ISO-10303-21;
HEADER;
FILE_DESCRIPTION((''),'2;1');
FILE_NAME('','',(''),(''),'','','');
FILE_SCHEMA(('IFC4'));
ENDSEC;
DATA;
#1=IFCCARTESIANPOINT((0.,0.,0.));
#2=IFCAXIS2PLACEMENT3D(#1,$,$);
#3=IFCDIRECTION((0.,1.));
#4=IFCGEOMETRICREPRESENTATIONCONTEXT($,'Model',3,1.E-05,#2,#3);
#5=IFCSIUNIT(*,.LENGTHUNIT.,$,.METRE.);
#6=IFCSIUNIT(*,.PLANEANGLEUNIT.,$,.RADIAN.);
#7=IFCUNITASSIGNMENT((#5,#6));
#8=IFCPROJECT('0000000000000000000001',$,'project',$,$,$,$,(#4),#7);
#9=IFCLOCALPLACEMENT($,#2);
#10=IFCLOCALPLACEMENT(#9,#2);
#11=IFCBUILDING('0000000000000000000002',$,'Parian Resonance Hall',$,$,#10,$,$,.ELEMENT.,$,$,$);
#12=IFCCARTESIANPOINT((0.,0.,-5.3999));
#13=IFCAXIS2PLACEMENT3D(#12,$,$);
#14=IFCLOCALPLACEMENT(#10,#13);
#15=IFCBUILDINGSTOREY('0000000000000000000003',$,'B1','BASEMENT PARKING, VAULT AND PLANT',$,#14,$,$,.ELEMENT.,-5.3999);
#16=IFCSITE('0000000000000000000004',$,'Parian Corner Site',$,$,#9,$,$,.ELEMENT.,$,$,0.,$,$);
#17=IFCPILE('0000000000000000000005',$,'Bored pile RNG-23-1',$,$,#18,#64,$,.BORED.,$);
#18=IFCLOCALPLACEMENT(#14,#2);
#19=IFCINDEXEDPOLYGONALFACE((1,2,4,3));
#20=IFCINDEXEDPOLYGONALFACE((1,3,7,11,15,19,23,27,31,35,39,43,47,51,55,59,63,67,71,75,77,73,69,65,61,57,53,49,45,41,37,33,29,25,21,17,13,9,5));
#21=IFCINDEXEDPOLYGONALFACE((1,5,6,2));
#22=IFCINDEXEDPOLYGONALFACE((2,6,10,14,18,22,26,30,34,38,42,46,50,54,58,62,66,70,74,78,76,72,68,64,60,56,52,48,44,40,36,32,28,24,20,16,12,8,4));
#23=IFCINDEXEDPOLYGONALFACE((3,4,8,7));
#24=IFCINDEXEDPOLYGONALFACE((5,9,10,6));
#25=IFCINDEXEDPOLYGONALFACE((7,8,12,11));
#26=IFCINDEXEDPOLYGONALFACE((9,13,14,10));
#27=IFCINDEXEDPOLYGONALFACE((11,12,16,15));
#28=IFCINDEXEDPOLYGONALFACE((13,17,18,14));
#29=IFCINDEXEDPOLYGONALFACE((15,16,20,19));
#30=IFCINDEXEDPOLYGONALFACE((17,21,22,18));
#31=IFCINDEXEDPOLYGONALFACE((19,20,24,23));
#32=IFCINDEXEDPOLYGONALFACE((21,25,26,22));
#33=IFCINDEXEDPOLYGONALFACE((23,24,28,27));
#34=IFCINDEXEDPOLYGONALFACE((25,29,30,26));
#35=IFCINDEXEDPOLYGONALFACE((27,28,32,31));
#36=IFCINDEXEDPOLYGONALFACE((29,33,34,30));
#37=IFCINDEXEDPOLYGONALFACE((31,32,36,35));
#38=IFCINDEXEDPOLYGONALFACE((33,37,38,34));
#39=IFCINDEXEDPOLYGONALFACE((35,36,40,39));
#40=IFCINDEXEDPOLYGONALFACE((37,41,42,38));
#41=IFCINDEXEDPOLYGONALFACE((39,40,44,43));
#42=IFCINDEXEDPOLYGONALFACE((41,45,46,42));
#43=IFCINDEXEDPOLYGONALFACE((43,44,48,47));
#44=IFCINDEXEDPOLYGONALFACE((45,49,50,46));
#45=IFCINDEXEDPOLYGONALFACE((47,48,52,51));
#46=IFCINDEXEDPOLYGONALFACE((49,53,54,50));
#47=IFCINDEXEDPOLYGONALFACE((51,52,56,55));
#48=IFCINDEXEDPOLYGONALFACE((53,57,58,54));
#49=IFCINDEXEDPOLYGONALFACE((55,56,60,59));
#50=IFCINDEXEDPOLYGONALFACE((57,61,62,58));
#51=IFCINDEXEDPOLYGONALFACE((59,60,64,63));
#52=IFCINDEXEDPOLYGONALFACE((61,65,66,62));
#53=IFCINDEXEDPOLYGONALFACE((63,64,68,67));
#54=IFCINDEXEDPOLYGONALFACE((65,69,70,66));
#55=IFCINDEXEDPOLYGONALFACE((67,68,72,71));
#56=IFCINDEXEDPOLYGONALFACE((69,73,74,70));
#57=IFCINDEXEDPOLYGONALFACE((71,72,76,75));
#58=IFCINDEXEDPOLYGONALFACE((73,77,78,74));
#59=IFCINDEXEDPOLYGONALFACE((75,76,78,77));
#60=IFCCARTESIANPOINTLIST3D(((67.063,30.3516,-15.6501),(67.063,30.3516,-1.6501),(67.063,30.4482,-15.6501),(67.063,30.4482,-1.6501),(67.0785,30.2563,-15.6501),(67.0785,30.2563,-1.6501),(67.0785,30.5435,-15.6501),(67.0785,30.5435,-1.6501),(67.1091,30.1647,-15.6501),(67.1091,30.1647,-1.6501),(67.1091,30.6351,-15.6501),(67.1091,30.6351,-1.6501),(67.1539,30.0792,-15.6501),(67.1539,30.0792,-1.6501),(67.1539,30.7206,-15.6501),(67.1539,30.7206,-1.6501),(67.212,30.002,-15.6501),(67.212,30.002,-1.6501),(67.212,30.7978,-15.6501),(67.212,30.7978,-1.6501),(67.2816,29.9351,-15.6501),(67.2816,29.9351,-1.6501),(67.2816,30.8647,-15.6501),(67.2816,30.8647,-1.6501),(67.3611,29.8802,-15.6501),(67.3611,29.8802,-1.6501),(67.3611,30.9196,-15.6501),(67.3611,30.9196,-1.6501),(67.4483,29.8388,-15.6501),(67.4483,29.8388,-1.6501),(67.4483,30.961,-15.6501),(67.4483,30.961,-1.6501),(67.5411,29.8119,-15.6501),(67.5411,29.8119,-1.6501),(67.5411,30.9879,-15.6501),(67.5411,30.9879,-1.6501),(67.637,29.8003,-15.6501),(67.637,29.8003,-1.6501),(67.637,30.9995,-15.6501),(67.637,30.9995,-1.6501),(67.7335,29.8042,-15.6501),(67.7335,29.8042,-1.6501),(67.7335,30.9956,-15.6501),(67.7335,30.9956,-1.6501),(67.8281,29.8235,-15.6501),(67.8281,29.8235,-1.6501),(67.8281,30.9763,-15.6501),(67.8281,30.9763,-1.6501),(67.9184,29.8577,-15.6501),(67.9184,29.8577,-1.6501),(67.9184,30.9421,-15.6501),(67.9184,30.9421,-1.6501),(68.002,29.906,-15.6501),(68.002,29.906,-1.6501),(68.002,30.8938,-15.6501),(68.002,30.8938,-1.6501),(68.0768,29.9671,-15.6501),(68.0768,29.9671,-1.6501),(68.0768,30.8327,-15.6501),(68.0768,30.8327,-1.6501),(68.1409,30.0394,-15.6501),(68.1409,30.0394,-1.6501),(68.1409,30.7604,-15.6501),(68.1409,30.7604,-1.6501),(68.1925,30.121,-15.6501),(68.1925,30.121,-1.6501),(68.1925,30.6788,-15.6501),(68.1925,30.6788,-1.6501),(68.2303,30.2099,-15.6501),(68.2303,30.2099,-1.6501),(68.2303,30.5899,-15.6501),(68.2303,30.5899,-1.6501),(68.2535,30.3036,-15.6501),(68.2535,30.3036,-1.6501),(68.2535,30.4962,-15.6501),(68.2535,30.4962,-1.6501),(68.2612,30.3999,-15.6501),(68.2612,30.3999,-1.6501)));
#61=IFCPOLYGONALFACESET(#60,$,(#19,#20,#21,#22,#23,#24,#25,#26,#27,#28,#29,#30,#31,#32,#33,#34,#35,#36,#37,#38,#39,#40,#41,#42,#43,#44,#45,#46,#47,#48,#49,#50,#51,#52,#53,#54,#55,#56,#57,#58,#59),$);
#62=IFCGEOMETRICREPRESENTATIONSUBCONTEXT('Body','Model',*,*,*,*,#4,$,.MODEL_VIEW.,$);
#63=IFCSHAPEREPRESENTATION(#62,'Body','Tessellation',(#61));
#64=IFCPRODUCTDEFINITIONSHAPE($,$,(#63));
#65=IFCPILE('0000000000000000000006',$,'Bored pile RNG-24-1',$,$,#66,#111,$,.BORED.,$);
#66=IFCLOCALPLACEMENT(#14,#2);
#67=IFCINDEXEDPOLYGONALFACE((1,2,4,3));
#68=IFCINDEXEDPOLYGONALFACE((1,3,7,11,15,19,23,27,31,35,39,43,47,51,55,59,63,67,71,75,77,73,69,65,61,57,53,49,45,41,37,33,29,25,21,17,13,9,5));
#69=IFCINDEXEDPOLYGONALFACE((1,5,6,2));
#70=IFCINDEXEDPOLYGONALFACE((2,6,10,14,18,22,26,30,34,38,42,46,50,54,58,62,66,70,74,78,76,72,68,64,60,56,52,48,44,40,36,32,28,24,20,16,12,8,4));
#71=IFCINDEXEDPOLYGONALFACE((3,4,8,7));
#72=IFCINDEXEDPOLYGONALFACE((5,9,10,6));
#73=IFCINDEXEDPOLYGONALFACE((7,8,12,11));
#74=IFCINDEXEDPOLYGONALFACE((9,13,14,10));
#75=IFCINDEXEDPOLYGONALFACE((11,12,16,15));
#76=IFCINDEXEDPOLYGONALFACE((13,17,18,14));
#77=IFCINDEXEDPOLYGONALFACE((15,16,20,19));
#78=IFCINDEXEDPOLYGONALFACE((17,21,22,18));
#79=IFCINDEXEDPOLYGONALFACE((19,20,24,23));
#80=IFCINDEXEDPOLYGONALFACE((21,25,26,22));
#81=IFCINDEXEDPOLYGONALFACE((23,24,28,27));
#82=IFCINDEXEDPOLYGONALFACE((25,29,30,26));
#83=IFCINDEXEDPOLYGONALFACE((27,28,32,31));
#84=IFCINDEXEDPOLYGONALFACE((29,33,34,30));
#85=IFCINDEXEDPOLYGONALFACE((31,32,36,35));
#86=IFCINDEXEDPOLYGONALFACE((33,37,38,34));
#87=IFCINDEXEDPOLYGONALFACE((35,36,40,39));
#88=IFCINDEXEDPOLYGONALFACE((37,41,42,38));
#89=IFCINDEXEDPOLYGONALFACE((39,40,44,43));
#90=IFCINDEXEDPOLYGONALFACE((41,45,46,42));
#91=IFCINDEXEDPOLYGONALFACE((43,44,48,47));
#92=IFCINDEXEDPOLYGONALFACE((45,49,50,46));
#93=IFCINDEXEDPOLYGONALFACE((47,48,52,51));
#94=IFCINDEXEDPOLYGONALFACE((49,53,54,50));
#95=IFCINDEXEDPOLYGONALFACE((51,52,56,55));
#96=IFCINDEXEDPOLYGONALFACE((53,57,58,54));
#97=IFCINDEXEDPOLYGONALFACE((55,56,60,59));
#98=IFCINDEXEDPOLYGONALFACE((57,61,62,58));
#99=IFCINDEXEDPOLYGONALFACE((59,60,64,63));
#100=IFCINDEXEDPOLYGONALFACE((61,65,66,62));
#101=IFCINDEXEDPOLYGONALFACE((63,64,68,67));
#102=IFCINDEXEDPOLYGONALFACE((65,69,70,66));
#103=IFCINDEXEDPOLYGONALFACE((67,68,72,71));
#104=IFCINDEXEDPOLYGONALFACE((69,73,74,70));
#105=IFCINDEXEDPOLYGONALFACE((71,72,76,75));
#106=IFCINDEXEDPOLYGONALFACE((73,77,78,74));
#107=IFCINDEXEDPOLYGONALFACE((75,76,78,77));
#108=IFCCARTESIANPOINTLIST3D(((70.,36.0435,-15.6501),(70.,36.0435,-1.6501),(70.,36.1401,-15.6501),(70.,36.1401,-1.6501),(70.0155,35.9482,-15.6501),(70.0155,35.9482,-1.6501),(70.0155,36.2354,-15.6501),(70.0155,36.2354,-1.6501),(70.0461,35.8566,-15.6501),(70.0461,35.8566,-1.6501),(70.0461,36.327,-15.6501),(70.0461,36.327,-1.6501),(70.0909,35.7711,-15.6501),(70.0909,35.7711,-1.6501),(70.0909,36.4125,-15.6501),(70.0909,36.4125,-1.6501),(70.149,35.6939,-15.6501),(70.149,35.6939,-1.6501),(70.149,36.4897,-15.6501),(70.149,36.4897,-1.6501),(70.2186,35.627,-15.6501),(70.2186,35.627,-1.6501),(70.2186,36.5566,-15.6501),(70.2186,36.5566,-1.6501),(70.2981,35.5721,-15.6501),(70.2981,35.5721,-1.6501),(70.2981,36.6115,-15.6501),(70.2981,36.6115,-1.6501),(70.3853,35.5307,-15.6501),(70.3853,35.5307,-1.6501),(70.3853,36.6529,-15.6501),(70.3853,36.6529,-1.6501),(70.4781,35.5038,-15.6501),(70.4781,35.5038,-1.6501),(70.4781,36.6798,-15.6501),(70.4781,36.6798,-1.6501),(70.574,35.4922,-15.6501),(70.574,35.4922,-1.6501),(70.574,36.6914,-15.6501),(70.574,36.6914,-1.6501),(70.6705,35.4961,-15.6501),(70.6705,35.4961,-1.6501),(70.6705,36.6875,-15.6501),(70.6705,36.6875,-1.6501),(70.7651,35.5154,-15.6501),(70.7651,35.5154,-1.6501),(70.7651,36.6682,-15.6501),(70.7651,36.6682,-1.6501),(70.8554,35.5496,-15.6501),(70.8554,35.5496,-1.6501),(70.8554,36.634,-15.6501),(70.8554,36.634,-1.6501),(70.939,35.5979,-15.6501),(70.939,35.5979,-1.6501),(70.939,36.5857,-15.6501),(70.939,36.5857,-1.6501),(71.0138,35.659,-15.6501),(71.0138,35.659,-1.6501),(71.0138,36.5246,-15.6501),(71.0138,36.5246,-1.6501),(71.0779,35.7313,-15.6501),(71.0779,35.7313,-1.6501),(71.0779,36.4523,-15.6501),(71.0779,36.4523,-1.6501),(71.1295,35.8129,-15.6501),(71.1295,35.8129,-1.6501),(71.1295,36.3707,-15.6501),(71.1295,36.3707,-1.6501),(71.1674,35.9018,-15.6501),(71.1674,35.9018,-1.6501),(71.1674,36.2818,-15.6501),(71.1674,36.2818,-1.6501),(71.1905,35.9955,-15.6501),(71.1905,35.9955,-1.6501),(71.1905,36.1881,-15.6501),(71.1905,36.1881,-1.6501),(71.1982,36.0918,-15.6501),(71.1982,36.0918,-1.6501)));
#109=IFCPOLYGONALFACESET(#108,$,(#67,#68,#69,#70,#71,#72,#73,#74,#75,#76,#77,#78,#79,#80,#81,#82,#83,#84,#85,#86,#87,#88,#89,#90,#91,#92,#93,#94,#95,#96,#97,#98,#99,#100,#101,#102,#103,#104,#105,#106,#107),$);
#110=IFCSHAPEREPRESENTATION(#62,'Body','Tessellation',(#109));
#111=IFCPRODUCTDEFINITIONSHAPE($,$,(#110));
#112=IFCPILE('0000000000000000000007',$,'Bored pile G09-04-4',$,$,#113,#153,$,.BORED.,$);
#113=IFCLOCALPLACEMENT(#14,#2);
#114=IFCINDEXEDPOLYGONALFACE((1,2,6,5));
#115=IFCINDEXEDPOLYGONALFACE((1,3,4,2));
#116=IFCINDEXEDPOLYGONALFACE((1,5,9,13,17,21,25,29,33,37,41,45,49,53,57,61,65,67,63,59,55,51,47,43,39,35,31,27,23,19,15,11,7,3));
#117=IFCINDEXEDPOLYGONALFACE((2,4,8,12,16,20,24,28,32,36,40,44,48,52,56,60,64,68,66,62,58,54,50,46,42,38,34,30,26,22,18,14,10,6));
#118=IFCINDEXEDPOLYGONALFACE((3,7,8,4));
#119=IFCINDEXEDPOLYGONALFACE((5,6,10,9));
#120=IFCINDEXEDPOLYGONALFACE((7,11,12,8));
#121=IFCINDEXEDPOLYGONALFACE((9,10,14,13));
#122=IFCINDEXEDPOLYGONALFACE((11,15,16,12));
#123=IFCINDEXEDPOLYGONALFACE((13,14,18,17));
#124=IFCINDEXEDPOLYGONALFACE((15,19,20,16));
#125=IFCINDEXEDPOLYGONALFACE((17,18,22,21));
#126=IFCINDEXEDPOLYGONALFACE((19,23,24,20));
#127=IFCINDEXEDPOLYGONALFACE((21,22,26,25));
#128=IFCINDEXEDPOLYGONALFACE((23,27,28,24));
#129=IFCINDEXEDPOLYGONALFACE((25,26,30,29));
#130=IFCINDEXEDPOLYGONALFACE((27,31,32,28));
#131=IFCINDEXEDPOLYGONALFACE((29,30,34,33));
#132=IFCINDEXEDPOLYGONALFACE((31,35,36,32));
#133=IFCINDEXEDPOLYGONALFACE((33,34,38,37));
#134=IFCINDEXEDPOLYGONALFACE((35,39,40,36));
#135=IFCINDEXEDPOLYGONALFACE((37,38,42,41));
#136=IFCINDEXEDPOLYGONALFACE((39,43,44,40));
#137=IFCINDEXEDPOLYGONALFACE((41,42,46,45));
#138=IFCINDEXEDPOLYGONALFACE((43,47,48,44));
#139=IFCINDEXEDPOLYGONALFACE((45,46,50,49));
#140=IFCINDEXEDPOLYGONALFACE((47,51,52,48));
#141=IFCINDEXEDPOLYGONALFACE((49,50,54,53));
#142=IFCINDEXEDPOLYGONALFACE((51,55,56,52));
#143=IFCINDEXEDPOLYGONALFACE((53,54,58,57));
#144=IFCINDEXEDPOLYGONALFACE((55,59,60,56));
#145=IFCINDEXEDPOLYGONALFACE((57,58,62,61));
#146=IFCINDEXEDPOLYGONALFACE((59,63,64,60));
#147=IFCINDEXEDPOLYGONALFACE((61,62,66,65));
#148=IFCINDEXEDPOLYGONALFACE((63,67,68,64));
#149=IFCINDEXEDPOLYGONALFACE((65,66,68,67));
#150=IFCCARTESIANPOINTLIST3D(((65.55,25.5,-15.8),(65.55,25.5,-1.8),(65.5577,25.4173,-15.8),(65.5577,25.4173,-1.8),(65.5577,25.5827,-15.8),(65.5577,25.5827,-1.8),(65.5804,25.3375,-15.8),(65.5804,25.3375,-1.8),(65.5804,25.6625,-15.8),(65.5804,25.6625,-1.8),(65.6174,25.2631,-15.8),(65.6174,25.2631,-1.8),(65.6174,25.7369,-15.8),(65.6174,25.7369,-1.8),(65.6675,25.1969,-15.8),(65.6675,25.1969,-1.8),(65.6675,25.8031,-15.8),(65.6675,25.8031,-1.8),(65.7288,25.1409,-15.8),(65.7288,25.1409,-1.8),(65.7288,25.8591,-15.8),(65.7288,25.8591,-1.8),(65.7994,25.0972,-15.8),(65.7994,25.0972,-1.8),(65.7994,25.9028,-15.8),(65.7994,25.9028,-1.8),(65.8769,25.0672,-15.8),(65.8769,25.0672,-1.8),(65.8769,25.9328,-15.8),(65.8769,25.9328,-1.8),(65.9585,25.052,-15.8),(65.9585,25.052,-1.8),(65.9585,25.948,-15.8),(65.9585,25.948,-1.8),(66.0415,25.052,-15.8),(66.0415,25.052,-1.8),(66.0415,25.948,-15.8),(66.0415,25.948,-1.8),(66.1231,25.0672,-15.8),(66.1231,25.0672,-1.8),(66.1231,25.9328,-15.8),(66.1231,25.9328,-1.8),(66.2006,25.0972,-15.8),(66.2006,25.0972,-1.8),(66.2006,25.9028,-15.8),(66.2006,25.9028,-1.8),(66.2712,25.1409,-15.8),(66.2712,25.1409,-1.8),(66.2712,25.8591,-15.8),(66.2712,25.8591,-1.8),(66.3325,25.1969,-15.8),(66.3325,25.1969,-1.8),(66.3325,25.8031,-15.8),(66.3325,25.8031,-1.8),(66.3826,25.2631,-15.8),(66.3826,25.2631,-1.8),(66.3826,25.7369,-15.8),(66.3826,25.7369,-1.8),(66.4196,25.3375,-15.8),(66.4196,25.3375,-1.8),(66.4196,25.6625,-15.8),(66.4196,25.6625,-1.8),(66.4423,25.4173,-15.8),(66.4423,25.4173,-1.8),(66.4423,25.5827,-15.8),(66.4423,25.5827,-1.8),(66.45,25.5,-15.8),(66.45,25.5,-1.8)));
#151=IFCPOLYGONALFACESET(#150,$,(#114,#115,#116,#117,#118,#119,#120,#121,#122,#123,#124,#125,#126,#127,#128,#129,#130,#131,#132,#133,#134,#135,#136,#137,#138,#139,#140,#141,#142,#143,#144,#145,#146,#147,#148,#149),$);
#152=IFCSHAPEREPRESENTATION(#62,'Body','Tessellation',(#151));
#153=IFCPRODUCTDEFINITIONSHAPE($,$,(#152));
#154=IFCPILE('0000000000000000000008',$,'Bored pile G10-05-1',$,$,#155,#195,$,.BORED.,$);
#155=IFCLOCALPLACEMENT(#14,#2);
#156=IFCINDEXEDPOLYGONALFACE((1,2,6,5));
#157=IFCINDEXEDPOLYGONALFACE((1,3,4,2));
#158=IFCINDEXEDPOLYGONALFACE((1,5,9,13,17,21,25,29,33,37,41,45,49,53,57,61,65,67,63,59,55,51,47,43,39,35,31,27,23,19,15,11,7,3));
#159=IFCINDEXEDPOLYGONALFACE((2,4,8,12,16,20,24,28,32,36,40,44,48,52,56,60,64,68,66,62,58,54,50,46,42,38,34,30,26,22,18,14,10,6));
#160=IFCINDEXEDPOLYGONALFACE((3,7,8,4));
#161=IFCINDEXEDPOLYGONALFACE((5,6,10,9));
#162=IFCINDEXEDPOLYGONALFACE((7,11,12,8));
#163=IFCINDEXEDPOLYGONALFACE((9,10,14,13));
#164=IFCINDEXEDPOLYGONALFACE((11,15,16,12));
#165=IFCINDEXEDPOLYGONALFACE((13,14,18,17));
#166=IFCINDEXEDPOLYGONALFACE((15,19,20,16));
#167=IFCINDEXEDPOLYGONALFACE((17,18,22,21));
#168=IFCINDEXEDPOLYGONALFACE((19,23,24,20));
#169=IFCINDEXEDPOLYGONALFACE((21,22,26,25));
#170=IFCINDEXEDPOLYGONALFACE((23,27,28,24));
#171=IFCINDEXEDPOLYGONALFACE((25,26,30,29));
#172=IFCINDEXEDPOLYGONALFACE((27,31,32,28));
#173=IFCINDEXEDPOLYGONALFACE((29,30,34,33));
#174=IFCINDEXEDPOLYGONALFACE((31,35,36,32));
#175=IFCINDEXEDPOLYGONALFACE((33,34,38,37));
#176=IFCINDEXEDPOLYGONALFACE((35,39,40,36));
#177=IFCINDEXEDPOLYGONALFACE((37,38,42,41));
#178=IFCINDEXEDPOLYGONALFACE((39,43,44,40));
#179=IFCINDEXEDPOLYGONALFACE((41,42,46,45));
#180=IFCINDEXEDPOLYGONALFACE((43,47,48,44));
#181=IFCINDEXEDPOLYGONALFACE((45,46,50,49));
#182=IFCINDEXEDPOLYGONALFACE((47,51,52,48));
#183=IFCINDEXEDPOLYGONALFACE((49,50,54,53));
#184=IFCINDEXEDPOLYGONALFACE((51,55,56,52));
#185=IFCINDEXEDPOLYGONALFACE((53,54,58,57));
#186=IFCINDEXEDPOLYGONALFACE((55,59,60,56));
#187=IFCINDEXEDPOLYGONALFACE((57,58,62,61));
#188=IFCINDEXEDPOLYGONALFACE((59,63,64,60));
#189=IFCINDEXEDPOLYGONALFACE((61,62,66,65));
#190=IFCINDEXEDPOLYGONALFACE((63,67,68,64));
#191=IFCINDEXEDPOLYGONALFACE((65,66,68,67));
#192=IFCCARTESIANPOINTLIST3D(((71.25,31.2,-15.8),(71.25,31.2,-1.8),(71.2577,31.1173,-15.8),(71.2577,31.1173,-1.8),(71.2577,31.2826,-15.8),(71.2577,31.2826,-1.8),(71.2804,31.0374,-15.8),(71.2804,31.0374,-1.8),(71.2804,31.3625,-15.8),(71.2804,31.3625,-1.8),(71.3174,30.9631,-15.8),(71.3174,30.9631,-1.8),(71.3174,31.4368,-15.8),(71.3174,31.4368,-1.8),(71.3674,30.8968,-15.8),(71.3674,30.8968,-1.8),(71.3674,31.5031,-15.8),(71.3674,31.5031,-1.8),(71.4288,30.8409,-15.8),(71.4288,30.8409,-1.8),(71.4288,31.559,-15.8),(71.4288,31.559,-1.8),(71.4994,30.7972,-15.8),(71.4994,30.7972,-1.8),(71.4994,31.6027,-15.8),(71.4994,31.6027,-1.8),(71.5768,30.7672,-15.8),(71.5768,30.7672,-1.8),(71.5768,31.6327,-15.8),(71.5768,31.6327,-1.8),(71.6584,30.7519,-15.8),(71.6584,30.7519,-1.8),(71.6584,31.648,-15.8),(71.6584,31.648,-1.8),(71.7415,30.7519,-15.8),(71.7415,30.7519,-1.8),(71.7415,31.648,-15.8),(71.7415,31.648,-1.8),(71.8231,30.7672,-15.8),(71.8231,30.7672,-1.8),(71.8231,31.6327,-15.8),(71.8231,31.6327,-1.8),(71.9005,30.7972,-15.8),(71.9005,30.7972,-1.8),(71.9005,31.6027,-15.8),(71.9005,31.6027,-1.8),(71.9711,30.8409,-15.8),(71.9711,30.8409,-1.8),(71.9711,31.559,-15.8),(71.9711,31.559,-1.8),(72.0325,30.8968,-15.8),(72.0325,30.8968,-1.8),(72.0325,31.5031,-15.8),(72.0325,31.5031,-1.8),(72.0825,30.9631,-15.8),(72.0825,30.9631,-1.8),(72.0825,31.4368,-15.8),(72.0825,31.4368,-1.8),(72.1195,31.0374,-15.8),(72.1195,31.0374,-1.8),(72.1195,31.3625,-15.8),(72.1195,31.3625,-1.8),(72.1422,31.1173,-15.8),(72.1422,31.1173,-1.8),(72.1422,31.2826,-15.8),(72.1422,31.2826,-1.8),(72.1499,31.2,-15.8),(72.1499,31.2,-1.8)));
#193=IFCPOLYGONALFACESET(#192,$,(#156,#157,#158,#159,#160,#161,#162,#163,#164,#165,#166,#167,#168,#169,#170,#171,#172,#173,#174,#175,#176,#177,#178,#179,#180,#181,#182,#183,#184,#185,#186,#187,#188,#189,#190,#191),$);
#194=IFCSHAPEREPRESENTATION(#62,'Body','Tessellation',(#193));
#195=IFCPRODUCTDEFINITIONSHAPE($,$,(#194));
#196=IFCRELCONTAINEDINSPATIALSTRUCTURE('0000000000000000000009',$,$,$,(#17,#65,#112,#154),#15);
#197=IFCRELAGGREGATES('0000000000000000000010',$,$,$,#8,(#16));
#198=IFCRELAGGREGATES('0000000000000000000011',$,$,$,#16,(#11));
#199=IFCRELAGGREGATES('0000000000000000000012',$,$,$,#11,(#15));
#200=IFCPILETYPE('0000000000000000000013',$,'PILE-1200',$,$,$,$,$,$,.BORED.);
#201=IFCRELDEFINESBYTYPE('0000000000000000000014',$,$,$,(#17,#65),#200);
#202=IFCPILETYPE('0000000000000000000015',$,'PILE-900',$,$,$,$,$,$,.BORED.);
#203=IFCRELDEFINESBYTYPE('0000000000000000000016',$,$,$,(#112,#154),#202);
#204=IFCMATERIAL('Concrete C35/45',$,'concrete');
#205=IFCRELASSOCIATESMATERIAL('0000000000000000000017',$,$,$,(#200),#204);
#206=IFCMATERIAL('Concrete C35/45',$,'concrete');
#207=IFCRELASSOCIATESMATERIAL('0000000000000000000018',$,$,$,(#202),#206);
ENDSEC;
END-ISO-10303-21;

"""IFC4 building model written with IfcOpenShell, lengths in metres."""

from ifc_helpers import new_model, si_unit, direction, frame, origin, origin_2d, place, context, subcontext, project, spatial, circle, extrude, material, material_profile, profile_set, type_object, element, save


model = new_model("IFC4")

# Units and contexts
model_context = context("Model", 3, precision=1e-05, world=origin(), true_north=direction((0.0, 1.0)))
body_context = subcontext(model_context, "Body", "Model", "MODEL_VIEW")
ifc_project = project(units=[si_unit("LENGTHUNIT", "METRE"), si_unit("PLANEANGLEUNIT", "RADIAN")], contexts=[model_context])

# Site, building, storey
site_placement = place(None, origin())
site = spatial("IfcSite", under=ifc_project, at=site_placement, Name="Parian Corner Site", CompositionType="ELEMENT", RefElevation=0.0)
building_placement = place(site_placement, origin())
building = spatial("IfcBuilding", under=site, at=building_placement, Name="Parian Resonance Hall", CompositionType="ELEMENT")
storey_placement = place(building_placement, frame((0.0, 0.0, -5.3999)))
storey = spatial("IfcBuildingStorey", under=building, at=storey_placement, Name="B1", Description="BASEMENT PARKING, VAULT AND PLANT", CompositionType="ELEMENT", Elevation=-5.3999)

# Piles
ifc_material_1 = material(Name="Concrete C35/45", Category="concrete")
ifc_material_profile_1 = material_profile(ifc_material_1, circle(Radius=0.6001, at=origin_2d()), Name="PILE-D1200")
ifc_profile_set_1 = profile_set([ifc_material_profile_1], Name="Concrete C35/45")
pile_type_1 = type_object("IfcPileType", Name="PILE-1200", PredefinedType="BORED", material=ifc_profile_set_1)
for number, where, z_axis, x_axis, name in (
    (1, (67.6611, 30.3999, -1.6501), (0.0, 0.0, -1.0), (1.0, 0.0, 0.0), "Bored pile RNG-23-1"),
    (2, (70.5981, 36.0918, -1.6501), (0.0, 0.0, -1.0), (1.0, 0.0, 0.0), "Bored pile RNG-24-1"),
):
    element("IfcPile", number, at=place(storey_placement, frame(where, z_axis=z_axis, x_axis=x_axis)), inside=storey, type_object=pile_type_1, Name=name, PredefinedType="BORED", context=body_context, shape_type="SweptSolid", body=[
        extrude(circle(Radius=0.6001, at=origin_2d()), origin(), (0.0, 0.0, 1.0), 14.0),
    ])
ifc_material_2 = material(Name="Concrete C35/45", Category="concrete")
ifc_material_profile_2 = material_profile(ifc_material_2, circle(Radius=0.45, at=origin_2d()), Name="PILE-D900")
ifc_profile_set_2 = profile_set([ifc_material_profile_2], Name="Concrete C35/45")
pile_type_2 = type_object("IfcPileType", Name="PILE-900", PredefinedType="BORED", material=ifc_profile_set_2)
for number, where, z_axis, x_axis, name in (
    (3, (66.0, 25.5, -1.8), (0.0, 0.0, -1.0), (1.0, 0.0, 0.0), "Bored pile G09-04-4"),
    (4, (71.7, 31.2, -1.8), (0.0, 0.0, -1.0), (1.0, 0.0, 0.0), "Bored pile G10-05-1"),
):
    element("IfcPile", number, at=place(storey_placement, frame(where, z_axis=z_axis, x_axis=x_axis)), inside=storey, type_object=pile_type_2, Name=name, PredefinedType="BORED", context=body_context, shape_type="SweptSolid", body=[
        extrude(circle(Radius=0.45, at=origin_2d()), origin(), (0.0, 0.0, 1.0), 14.0),
    ])

save(model, "model.ifc")
